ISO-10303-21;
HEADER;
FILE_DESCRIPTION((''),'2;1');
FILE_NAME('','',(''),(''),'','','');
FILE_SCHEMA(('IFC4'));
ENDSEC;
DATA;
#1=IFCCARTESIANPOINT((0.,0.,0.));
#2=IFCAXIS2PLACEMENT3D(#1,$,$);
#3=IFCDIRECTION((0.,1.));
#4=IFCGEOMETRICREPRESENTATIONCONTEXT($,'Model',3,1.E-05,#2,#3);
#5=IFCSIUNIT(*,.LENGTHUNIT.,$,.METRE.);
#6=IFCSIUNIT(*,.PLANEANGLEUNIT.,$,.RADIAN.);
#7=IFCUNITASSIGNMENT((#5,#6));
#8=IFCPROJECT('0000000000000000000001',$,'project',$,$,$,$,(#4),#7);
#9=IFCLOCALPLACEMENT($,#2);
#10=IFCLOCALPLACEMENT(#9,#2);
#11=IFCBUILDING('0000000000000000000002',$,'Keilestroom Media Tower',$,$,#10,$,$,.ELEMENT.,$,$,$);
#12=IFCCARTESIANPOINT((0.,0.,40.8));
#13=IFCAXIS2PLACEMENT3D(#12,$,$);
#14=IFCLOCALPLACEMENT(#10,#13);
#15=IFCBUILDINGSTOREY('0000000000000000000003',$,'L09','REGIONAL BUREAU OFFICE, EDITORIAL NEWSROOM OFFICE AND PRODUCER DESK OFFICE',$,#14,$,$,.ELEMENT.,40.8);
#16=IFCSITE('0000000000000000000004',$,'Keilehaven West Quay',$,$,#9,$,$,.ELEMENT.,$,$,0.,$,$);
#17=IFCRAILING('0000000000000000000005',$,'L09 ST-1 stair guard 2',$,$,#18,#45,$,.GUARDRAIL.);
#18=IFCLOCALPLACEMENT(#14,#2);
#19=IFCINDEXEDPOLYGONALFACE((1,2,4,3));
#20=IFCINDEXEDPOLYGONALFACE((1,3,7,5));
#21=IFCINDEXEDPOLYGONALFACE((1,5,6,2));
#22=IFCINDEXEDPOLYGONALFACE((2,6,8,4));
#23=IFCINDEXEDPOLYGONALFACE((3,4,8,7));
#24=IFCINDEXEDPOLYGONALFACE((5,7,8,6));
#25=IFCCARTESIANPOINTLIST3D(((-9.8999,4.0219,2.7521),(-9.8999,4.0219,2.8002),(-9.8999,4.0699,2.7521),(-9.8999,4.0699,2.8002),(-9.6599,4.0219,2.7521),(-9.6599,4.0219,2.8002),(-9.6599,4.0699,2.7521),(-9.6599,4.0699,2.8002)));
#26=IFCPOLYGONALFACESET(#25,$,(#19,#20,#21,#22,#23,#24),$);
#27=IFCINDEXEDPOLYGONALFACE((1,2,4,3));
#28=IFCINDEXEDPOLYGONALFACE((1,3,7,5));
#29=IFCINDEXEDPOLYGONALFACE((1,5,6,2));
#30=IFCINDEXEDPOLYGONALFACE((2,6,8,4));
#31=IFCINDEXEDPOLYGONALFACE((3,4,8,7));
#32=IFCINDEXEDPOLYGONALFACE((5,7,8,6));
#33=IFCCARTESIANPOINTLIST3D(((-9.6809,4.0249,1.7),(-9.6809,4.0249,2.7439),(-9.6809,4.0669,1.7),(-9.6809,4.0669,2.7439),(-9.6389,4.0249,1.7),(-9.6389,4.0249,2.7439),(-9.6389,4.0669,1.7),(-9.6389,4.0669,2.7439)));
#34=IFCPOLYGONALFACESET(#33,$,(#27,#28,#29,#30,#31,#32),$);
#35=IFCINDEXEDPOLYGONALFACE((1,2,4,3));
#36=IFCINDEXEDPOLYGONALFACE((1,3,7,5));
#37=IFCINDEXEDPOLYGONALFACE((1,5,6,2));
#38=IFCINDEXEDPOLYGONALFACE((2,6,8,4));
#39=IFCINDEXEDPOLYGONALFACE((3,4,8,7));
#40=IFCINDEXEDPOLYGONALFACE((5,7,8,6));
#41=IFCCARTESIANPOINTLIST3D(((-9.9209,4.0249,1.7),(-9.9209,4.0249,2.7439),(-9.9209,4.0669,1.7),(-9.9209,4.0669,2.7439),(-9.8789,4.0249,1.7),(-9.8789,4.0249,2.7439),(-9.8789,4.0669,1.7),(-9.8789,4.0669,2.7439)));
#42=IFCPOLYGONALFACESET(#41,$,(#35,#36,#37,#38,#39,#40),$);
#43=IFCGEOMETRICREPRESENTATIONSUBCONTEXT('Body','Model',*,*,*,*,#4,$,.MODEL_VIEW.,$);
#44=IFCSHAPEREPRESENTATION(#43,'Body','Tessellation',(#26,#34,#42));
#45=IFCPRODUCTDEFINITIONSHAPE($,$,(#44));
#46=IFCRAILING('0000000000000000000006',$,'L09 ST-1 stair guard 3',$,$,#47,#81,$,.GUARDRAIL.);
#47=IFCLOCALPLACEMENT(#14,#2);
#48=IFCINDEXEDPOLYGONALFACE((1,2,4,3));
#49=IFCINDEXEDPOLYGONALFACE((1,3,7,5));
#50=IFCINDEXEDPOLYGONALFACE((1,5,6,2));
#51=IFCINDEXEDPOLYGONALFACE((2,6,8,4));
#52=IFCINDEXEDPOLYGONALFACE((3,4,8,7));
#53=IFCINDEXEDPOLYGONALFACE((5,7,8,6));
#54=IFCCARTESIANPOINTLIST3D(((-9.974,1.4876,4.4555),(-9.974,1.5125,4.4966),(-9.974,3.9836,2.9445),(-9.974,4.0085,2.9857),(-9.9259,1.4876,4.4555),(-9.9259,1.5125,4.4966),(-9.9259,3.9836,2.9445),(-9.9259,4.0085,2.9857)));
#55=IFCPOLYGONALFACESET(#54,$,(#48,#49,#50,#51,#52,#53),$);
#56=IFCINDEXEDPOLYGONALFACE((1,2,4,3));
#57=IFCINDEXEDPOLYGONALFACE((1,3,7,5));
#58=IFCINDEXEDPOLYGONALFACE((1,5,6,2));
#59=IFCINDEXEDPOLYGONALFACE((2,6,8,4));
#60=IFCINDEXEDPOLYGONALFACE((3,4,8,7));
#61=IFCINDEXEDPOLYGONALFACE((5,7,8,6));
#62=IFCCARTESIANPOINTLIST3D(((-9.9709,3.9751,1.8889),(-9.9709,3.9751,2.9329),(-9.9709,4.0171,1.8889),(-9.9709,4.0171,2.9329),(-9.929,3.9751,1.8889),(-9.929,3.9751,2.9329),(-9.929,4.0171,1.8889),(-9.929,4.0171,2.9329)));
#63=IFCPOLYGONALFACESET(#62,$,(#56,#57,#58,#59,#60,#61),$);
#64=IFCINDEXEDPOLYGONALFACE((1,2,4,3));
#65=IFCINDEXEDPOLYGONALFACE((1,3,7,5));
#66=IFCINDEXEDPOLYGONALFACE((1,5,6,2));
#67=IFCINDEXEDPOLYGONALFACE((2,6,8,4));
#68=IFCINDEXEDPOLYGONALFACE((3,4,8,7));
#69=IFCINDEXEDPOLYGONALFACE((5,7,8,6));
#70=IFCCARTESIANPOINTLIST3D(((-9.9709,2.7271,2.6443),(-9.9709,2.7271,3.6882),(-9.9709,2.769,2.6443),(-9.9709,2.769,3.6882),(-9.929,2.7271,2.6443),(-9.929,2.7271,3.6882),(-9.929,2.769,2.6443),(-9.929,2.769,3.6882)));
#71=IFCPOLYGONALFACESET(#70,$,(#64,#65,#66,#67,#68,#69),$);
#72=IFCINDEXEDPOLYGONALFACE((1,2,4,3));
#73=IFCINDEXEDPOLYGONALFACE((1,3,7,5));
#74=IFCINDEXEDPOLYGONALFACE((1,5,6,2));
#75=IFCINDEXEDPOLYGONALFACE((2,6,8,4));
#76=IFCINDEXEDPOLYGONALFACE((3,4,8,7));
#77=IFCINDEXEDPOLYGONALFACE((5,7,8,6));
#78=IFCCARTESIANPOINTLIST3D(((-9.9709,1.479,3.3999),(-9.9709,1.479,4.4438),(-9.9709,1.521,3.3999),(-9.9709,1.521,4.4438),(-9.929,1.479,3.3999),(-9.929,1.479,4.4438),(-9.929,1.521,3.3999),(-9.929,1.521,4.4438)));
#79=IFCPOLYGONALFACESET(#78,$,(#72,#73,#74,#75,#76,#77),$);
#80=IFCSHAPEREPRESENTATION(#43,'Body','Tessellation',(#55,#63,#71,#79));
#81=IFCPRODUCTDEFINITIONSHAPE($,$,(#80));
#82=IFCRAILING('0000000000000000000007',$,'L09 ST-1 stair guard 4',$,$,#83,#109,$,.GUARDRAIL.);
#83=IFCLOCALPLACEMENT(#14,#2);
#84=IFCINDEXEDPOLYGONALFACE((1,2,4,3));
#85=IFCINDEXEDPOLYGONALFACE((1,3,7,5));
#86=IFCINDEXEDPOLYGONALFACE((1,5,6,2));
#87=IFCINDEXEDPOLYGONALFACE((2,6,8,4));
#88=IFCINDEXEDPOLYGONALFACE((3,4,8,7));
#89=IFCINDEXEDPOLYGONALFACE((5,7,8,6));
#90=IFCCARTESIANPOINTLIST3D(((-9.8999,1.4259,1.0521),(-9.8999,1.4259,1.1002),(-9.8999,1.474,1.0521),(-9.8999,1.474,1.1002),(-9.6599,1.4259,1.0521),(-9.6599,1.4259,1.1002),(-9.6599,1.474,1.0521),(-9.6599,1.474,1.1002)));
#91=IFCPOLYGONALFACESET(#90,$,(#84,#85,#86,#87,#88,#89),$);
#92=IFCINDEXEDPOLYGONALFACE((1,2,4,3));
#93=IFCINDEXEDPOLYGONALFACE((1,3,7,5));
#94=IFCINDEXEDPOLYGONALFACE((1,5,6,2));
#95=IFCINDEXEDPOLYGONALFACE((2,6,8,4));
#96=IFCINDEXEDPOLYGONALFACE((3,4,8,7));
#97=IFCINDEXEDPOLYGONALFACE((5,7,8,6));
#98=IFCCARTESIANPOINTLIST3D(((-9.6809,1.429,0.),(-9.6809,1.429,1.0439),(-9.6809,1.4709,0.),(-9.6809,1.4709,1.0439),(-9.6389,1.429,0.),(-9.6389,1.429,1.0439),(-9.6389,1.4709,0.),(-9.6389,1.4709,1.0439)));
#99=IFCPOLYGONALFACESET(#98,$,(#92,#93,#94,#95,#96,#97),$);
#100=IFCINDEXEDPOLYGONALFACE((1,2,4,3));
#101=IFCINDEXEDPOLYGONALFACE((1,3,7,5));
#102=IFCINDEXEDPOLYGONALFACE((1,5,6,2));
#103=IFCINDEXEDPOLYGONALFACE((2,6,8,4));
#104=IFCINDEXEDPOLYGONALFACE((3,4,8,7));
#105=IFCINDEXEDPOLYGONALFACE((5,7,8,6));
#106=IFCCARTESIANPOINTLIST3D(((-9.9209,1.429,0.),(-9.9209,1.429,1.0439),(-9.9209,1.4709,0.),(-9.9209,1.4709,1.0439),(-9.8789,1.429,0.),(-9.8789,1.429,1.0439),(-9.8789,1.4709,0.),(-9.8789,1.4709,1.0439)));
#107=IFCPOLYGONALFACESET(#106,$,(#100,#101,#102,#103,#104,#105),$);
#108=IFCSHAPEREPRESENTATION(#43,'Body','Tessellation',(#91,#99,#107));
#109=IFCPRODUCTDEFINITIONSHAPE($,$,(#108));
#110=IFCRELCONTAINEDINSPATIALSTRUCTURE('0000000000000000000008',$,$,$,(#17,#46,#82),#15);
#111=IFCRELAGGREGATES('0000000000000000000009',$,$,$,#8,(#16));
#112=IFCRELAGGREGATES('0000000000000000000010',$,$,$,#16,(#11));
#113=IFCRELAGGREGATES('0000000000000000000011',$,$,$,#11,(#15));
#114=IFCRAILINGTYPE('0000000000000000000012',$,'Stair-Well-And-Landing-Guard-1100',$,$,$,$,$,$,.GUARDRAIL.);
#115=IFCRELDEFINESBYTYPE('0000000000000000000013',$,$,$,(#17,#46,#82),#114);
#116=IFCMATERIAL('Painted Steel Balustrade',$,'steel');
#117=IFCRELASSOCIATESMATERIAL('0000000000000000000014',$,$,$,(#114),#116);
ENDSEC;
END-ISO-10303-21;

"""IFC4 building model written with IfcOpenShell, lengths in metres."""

from ifc_helpers import new_model, si_unit, direction, frame, origin, origin_2d, place, context, subcontext, project, spatial, rectangle, extrude, material, type_object, element, save


model = new_model("IFC4")

# Units and contexts
model_context = context("Model", 3, precision=1e-05, world=origin(), true_north=direction((0.0, 1.0)))
body_context = subcontext(model_context, "Body", "Model", "MODEL_VIEW")
ifc_project = project(units=[si_unit("LENGTHUNIT", "METRE"), si_unit("PLANEANGLEUNIT", "RADIAN")], contexts=[model_context])

# Site, building, storey
site_placement = place(None, origin())
site = spatial("IfcSite", under=ifc_project, at=site_placement, Name="Keilehaven West Quay", CompositionType="ELEMENT", RefElevation=0.0)
building_placement = place(site_placement, origin())
building = spatial("IfcBuilding", under=site, at=building_placement, Name="Keilestroom Media Tower", CompositionType="ELEMENT")
storey_placement = place(building_placement, frame((0.0, 0.0, 40.8)))
storey = spatial("IfcBuildingStorey", under=building, at=storey_placement, Name="L09", Description="REGIONAL BUREAU OFFICE, EDITORIAL NEWSROOM OFFICE AND PRODUCER DESK OFFICE", CompositionType="ELEMENT", Elevation=40.8)

# Railings
ifc_material_1 = material(Name="Painted Steel Balustrade", Category="steel")
railing_type_1 = type_object("IfcRailingType", Name="Stair-Well-And-Landing-Guard-1100", PredefinedType="GUARDRAIL", material=ifc_material_1)
railing_1_placement = place(storey_placement, frame((-9.6599, 4.0459, 1.7)))
element("IfcRailing", 1, at=railing_1_placement, inside=storey, type_object=railing_type_1, Name="L09 ST-1 stair guard 2", PredefinedType="GUARDRAIL", context=body_context, shape_type="SweptSolid", body=[
    extrude(rectangle(XDim=0.0481, YDim=0.0481, at=origin_2d()), frame((0.0, 0.0, 1.0762), z_axis=(-1.0, 0.0, 0.0), x_axis=(0.0, -1.0, 0.0)), (0.0, 0.0, 1.0), 0.24),
    extrude(rectangle(XDim=0.042, YDim=0.042, at=origin_2d()), origin(), (0.0, 0.0, 1.0), 1.0439),
    extrude(rectangle(XDim=0.042, YDim=0.042, at=origin_2d()), frame((-0.24, 0.0, 0.0)), (0.0, 0.0, 1.0), 1.0439),
])
railing_2_placement = place(storey_placement, frame((-9.95, 3.9961, 1.8889)))
element("IfcRailing", 2, at=railing_2_placement, inside=storey, type_object=railing_type_1, Name="L09 ST-1 stair guard 3", PredefinedType="GUARDRAIL", context=body_context, shape_type="SweptSolid", body=[
    extrude(rectangle(XDim=0.0481, YDim=0.0481, at=origin_2d()), frame((0.0, 0.0, 1.0762), z_axis=(0.0, -0.855471, 0.517851), x_axis=(1.0, 0.0, 0.0)), (0.0, 0.0, 1.0), 2.9177),
    extrude(rectangle(XDim=0.042, YDim=0.042, at=origin_2d()), origin(), (0.0, 0.0, 1.0), 1.0439),
    extrude(rectangle(XDim=0.042, YDim=0.042, at=origin_2d()), frame((0.0, -1.248, 0.7554)), (0.0, 0.0, 1.0), 1.0439),
    extrude(rectangle(XDim=0.042, YDim=0.042, at=origin_2d()), frame((0.0, -2.4961, 1.511)), (0.0, 0.0, 1.0), 1.0439),
])
railing_3_placement = place(storey_placement, frame((-9.6599, 1.45, 0.0)))
element("IfcRailing", 3, at=railing_3_placement, inside=storey, type_object=railing_type_1, Name="L09 ST-1 stair guard 4", PredefinedType="GUARDRAIL", context=body_context, shape_type="SweptSolid", body=[
    extrude(rectangle(XDim=0.0481, YDim=0.0481, at=origin_2d()), frame((0.0, 0.0, 1.0762), z_axis=(-1.0, 0.0, 0.0), x_axis=(0.0, -1.0, 0.0)), (0.0, 0.0, 1.0), 0.24),
    extrude(rectangle(XDim=0.042, YDim=0.042, at=origin_2d()), origin(), (0.0, 0.0, 1.0), 1.0439),
    extrude(rectangle(XDim=0.042, YDim=0.042, at=origin_2d()), frame((-0.24, 0.0, 0.0)), (0.0, 0.0, 1.0), 1.0439),
])

save(model, "model.ifc")
